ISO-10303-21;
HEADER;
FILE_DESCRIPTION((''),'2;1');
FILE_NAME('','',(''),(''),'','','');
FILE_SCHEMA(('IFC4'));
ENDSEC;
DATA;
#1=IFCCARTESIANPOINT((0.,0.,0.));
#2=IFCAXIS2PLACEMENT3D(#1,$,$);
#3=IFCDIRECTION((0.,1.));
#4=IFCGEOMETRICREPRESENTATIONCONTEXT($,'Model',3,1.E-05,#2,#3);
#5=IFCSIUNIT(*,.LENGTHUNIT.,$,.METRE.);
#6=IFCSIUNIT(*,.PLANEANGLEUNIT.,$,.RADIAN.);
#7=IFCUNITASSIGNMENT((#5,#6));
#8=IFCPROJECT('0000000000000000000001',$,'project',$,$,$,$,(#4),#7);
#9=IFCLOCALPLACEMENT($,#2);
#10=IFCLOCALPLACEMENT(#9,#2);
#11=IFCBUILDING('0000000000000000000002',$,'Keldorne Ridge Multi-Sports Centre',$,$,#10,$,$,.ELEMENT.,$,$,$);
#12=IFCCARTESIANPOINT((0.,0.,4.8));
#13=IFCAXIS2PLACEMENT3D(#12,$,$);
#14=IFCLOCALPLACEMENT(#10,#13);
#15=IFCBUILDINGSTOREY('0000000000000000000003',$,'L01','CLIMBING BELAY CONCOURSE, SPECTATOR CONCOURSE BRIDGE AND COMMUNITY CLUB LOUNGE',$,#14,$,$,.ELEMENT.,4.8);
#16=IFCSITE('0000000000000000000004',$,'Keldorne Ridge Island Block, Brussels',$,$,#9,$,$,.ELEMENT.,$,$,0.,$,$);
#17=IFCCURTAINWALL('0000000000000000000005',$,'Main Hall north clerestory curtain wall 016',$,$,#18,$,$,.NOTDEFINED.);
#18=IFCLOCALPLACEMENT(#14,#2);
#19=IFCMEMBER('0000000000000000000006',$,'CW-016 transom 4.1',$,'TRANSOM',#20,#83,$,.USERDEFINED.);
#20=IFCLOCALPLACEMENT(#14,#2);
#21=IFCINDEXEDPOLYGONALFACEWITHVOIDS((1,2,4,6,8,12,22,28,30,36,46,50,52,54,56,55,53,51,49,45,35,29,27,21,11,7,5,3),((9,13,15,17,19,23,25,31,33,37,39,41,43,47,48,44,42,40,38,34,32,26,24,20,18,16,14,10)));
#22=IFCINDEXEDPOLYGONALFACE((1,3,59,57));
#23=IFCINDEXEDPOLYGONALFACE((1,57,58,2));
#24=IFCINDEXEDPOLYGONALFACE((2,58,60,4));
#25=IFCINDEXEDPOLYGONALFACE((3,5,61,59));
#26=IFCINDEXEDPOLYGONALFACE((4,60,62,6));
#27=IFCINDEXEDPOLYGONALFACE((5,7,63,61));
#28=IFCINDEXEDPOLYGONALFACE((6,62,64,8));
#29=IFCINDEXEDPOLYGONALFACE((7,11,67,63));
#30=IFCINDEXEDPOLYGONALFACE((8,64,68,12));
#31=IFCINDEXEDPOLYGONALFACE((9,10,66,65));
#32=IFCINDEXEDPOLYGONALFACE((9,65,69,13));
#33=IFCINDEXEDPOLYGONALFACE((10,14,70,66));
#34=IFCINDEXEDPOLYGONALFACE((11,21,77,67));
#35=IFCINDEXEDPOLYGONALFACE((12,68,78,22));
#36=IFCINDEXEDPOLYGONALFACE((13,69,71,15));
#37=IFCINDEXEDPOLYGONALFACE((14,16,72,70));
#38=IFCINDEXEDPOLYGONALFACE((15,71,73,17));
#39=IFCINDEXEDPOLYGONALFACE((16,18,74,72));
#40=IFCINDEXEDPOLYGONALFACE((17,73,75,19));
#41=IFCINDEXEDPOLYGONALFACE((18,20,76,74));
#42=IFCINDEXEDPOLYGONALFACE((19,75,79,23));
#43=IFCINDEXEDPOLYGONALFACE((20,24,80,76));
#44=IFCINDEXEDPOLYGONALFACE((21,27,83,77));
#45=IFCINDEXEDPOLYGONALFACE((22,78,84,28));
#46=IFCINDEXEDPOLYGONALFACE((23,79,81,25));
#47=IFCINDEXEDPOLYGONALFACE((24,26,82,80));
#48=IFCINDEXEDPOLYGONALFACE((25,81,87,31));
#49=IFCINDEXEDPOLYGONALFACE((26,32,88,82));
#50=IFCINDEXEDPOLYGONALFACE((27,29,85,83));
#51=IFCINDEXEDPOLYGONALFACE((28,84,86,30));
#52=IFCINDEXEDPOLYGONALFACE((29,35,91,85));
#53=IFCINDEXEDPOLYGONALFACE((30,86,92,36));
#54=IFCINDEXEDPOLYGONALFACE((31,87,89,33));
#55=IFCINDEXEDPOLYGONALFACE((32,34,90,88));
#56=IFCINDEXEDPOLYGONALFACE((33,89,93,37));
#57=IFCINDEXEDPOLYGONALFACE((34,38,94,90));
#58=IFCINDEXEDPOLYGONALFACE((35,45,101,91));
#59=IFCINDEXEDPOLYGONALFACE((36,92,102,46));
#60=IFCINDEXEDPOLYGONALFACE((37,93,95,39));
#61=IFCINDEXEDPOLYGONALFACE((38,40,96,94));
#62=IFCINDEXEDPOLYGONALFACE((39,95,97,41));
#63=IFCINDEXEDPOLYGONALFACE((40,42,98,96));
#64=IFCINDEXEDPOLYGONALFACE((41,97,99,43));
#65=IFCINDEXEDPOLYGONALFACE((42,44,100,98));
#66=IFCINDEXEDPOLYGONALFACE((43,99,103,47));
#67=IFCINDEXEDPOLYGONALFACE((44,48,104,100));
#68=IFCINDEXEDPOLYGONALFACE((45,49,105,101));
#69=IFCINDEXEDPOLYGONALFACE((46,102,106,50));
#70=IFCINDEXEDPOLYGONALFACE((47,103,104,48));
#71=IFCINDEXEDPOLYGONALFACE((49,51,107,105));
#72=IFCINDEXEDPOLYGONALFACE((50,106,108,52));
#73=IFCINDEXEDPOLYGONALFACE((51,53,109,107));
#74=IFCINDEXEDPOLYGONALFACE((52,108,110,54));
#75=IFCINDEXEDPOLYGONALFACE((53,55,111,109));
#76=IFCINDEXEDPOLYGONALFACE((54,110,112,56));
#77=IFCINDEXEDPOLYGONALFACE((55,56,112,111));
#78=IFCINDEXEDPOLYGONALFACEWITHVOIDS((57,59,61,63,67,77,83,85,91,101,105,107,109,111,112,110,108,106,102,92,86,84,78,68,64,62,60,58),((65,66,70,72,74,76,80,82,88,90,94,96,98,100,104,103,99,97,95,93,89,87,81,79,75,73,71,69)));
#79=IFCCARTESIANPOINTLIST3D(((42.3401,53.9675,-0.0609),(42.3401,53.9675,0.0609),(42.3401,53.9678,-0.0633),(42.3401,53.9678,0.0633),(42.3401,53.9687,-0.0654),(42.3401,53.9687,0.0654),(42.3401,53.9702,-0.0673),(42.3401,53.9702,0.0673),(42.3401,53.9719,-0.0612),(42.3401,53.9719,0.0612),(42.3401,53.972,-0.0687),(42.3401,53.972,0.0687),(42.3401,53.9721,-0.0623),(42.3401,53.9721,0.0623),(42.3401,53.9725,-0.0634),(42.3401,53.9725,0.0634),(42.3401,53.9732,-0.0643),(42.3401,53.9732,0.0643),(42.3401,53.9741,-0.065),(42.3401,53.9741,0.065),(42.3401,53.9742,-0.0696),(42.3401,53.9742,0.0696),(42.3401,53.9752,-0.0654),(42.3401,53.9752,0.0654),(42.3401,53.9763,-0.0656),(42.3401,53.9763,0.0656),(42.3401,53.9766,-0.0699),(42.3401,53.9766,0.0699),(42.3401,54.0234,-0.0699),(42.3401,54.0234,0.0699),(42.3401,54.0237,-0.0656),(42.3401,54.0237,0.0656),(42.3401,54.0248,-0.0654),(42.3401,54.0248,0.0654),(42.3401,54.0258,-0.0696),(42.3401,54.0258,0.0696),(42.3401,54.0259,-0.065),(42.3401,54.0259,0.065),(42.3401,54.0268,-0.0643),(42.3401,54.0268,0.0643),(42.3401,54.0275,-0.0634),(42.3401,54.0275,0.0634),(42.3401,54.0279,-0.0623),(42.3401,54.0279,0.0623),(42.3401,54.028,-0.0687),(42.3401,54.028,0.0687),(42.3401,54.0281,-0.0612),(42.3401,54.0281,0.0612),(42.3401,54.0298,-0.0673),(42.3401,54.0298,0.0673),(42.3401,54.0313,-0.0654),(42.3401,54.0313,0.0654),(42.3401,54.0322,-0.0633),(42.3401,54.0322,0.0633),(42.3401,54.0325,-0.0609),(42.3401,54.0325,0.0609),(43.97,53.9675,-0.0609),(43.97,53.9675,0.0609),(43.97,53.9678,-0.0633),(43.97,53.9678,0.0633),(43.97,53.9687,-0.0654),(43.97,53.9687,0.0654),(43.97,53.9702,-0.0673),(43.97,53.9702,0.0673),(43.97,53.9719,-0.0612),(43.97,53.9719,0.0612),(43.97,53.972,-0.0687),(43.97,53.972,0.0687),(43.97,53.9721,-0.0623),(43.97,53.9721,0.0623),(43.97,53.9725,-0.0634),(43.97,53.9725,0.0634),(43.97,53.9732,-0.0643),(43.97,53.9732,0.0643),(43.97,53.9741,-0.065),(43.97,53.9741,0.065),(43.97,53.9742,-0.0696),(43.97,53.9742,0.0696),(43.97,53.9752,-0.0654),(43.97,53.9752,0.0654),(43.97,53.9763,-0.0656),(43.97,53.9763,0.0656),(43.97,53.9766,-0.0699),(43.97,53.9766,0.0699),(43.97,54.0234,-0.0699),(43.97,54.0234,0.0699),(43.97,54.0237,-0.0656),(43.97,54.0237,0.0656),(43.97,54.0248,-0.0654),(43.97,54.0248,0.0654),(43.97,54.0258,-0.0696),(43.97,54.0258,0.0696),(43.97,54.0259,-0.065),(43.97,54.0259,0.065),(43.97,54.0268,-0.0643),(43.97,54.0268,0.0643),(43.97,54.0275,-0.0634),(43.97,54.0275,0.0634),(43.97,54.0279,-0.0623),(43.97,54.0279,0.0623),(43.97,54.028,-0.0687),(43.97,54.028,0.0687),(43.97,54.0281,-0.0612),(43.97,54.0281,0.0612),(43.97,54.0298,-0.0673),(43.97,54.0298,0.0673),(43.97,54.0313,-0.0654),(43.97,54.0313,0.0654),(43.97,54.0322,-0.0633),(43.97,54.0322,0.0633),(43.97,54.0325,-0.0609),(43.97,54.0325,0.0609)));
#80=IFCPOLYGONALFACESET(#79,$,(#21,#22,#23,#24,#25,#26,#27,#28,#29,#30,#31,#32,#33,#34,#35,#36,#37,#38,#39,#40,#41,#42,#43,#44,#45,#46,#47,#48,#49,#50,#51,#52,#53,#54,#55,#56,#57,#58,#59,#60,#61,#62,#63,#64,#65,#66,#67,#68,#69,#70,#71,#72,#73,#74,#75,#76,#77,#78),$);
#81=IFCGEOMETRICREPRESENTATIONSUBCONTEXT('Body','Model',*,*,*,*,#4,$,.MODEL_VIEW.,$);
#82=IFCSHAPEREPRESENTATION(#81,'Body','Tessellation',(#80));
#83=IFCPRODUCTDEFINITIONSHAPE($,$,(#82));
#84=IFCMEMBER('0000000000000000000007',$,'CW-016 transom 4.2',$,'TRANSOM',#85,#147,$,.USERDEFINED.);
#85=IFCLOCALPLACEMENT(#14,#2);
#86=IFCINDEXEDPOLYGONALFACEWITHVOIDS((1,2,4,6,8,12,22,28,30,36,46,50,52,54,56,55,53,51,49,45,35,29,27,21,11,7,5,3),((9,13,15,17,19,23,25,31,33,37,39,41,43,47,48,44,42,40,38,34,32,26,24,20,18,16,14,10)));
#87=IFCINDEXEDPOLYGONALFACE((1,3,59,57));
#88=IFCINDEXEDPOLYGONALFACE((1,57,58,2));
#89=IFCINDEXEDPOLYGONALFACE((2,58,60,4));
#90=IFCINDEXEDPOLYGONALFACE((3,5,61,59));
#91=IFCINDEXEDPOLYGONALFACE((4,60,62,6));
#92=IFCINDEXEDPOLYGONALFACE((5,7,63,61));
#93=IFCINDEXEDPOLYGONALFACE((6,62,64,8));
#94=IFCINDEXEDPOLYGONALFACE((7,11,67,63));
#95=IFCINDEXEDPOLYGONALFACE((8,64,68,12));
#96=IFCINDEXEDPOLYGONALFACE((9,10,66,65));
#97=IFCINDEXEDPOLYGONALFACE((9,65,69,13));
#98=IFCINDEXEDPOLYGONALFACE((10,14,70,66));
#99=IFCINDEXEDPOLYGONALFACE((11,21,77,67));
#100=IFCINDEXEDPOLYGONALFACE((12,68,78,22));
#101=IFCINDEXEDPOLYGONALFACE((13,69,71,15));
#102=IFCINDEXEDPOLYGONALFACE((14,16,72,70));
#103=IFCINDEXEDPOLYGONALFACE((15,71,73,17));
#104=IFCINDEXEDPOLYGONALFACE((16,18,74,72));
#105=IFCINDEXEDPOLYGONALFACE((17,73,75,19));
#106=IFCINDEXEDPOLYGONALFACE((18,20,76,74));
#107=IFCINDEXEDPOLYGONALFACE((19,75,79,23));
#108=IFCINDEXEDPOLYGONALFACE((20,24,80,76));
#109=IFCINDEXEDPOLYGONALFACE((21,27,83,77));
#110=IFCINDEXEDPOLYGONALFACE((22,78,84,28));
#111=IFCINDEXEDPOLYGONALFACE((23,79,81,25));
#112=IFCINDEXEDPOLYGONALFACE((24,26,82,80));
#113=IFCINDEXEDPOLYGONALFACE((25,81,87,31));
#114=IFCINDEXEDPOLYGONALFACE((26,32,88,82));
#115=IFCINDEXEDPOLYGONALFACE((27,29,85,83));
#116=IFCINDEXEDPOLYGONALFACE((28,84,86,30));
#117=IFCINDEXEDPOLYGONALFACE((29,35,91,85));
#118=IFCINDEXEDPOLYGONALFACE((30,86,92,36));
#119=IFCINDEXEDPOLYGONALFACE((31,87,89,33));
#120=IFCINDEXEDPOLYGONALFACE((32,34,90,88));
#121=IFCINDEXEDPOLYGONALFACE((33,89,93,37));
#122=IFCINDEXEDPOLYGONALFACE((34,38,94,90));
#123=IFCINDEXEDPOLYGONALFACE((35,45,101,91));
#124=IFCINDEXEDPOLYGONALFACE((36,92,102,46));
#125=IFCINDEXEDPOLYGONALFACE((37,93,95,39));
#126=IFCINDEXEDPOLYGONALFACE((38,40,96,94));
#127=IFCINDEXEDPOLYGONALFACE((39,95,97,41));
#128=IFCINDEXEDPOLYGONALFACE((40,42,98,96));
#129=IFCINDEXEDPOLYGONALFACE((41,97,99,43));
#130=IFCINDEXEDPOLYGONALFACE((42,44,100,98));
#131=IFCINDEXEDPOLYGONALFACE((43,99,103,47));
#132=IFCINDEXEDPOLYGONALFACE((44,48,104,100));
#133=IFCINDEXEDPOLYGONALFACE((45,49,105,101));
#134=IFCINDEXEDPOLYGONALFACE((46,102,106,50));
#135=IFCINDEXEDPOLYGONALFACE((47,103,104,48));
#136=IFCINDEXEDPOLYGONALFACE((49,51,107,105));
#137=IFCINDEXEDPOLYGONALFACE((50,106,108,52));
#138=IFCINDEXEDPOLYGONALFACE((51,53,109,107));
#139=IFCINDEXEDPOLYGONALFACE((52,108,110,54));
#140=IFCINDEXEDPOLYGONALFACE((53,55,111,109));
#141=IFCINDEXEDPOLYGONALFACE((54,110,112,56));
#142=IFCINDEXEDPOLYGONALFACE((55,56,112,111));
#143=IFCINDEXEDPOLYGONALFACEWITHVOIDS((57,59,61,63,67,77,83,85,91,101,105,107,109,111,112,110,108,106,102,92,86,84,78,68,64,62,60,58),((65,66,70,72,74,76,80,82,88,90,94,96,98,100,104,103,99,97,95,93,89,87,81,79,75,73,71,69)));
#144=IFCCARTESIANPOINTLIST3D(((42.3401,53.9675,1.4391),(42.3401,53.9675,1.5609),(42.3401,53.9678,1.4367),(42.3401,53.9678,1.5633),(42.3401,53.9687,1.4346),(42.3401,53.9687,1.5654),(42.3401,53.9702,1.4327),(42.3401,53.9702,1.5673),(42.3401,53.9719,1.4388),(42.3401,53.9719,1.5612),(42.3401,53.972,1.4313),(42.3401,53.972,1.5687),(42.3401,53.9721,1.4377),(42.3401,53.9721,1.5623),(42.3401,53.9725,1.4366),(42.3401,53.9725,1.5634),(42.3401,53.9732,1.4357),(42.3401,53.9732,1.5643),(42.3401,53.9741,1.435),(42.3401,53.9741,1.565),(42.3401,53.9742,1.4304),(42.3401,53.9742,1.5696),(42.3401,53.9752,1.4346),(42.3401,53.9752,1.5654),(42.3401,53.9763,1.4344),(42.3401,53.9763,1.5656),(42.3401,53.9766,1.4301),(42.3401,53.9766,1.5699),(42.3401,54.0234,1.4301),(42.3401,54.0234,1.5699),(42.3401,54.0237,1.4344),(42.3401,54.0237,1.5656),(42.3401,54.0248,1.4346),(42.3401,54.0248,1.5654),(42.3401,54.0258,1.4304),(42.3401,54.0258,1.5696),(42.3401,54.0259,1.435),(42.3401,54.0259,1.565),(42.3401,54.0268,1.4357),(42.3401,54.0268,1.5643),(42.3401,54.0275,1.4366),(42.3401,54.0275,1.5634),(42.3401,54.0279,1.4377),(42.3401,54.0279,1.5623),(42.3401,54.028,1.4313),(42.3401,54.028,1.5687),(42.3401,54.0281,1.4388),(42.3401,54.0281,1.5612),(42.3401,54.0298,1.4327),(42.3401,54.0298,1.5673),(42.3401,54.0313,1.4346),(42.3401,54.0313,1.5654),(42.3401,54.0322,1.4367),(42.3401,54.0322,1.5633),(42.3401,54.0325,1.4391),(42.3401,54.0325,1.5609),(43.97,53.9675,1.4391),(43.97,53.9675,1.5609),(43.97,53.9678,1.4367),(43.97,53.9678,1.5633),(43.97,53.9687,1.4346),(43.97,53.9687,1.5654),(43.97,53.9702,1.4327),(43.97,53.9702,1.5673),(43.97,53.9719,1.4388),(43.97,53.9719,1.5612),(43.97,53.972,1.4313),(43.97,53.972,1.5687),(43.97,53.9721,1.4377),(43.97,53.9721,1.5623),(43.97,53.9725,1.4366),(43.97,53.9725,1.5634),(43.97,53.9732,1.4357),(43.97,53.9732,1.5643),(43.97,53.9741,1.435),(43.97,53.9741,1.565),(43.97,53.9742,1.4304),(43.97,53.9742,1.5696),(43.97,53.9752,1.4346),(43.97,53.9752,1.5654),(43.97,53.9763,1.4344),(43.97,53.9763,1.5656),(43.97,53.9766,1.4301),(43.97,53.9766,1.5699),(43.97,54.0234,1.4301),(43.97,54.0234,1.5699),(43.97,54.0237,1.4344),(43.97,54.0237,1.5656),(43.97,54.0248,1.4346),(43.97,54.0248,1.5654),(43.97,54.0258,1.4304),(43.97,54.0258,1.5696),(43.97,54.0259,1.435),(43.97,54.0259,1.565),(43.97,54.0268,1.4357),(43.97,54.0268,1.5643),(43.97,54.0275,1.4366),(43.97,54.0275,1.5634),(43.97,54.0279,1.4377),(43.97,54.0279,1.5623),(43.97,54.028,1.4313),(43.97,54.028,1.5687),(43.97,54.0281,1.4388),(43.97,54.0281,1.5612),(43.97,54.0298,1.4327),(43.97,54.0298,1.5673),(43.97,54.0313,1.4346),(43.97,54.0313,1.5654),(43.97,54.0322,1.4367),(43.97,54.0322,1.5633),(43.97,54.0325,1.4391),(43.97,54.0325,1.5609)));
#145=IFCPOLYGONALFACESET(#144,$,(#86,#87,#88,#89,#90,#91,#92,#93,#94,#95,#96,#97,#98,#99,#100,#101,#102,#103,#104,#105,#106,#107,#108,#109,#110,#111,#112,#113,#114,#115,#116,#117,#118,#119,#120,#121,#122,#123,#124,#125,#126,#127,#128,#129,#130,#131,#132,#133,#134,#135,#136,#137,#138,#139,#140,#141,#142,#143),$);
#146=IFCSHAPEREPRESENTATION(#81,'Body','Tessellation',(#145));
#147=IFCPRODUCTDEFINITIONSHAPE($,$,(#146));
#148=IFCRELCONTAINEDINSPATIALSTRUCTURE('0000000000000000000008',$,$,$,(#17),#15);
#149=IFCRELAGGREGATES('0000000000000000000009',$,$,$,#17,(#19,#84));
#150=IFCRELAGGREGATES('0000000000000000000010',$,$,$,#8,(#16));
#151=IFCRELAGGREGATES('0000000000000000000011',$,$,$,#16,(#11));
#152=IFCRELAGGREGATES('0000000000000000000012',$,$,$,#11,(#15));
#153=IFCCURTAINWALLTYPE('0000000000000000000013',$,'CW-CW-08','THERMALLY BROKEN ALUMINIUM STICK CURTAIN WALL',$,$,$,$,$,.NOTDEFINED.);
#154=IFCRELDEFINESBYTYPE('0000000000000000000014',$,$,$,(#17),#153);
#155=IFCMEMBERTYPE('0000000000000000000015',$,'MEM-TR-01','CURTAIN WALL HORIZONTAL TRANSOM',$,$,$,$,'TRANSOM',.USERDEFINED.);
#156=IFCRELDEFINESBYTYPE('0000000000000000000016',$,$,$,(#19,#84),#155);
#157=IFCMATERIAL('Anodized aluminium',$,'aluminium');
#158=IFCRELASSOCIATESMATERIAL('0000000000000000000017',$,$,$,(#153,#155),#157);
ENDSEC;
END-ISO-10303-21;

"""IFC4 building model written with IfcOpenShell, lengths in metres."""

from ifc_helpers import new_model, si_unit, direction, frame, origin, origin_2d, place, context, subcontext, project, spatial, hollow_rectangle, extrude, material, material_profile, profile_set, type_object, element, aggregate, save


model = new_model("IFC4")

# Units and contexts
model_context = context("Model", 3, precision=1e-05, world=origin(), true_north=direction((0.0, 1.0)))
body_context = subcontext(model_context, "Body", "Model", "MODEL_VIEW")
ifc_project = project(units=[si_unit("LENGTHUNIT", "METRE"), si_unit("PLANEANGLEUNIT", "RADIAN")], contexts=[model_context])

# Site, building, storey
site_placement = place(None, origin())
site = spatial("IfcSite", under=ifc_project, at=site_placement, Name="Keldorne Ridge Island Block, Brussels", CompositionType="ELEMENT", RefElevation=0.0)
building_placement = place(site_placement, origin())
building = spatial("IfcBuilding", under=site, at=building_placement, Name="Keldorne Ridge Multi-Sports Centre", CompositionType="ELEMENT")
storey_placement = place(building_placement, frame((0.0, 0.0, 4.8)))
storey = spatial("IfcBuildingStorey", under=building, at=storey_placement, Name="L01", Description="CLIMBING BELAY CONCOURSE, SPECTATOR CONCOURSE BRIDGE AND COMMUNITY CLUB LOUNGE", CompositionType="ELEMENT", Elevation=4.8)

# Curtain wall
ifc_material_1 = material(Name="Anodized aluminium", Category="aluminium")
curtain_wall_type_1 = type_object("IfcCurtainWallType", Name="CW-CW-08", Description="THERMALLY BROKEN ALUMINIUM STICK CURTAIN WALL", PredefinedType="NOTDEFINED", material=ifc_material_1)
curtain_wall_1_placement = place(storey_placement, origin())
curtain_wall_1 = element("IfcCurtainWall", 1, at=curtain_wall_1_placement, inside=storey, type_object=curtain_wall_type_1, Name="Main Hall north clerestory curtain wall 016", PredefinedType="NOTDEFINED")

# Members
ifc_material_profile_1 = material_profile(ifc_material_1, hollow_rectangle(XDim=0.0649, YDim=0.1399, WallThickness=0.0044, InnerFilletRadius=0.0044, OuterFilletRadius=0.009, at=origin_2d()), Name="ALU TRANSOM 140x65x4.5")
ifc_profile_set_1 = profile_set([ifc_material_profile_1], Name="Anodized aluminium")
member_type_1 = type_object("IfcMemberType", Name="MEM-TR-01", Description="CURTAIN WALL HORIZONTAL TRANSOM", ElementType="TRANSOM", PredefinedType="USERDEFINED", material=ifc_profile_set_1)
member_1_placement = place(storey_placement, frame((43.97, 54.0, 0.0), z_axis=(-1.0, 0.0, 0.0), x_axis=(0.0, -1.0, 0.0)))
member_1 = element("IfcMember", 2, at=member_1_placement, type_object=member_type_1, Name="CW-016 transom 4.1", ObjectType="TRANSOM", PredefinedType="USERDEFINED", context=body_context, shape_type="SweptSolid", body=[
    extrude(hollow_rectangle(XDim=0.0649, YDim=0.1399, WallThickness=0.0044, InnerFilletRadius=0.0044, OuterFilletRadius=0.009, at=origin_2d()), origin(), (0.0, 0.0, 1.0), 1.6299),
])
member_2_placement = place(storey_placement, frame((43.97, 54.0, 1.5), z_axis=(-1.0, 0.0, 0.0), x_axis=(0.0, -1.0, 0.0)))
member_2 = element("IfcMember", 3, at=member_2_placement, type_object=member_type_1, Name="CW-016 transom 4.2", ObjectType="TRANSOM", PredefinedType="USERDEFINED", context=body_context, shape_type="SweptSolid", body=[
    extrude(hollow_rectangle(XDim=0.0649, YDim=0.1399, WallThickness=0.0044, InnerFilletRadius=0.0044, OuterFilletRadius=0.009, at=origin_2d()), origin(), (0.0, 0.0, 1.0), 1.6299),
])

aggregate(curtain_wall_1, [member_1, member_2])

save(model, "model.ifc")
